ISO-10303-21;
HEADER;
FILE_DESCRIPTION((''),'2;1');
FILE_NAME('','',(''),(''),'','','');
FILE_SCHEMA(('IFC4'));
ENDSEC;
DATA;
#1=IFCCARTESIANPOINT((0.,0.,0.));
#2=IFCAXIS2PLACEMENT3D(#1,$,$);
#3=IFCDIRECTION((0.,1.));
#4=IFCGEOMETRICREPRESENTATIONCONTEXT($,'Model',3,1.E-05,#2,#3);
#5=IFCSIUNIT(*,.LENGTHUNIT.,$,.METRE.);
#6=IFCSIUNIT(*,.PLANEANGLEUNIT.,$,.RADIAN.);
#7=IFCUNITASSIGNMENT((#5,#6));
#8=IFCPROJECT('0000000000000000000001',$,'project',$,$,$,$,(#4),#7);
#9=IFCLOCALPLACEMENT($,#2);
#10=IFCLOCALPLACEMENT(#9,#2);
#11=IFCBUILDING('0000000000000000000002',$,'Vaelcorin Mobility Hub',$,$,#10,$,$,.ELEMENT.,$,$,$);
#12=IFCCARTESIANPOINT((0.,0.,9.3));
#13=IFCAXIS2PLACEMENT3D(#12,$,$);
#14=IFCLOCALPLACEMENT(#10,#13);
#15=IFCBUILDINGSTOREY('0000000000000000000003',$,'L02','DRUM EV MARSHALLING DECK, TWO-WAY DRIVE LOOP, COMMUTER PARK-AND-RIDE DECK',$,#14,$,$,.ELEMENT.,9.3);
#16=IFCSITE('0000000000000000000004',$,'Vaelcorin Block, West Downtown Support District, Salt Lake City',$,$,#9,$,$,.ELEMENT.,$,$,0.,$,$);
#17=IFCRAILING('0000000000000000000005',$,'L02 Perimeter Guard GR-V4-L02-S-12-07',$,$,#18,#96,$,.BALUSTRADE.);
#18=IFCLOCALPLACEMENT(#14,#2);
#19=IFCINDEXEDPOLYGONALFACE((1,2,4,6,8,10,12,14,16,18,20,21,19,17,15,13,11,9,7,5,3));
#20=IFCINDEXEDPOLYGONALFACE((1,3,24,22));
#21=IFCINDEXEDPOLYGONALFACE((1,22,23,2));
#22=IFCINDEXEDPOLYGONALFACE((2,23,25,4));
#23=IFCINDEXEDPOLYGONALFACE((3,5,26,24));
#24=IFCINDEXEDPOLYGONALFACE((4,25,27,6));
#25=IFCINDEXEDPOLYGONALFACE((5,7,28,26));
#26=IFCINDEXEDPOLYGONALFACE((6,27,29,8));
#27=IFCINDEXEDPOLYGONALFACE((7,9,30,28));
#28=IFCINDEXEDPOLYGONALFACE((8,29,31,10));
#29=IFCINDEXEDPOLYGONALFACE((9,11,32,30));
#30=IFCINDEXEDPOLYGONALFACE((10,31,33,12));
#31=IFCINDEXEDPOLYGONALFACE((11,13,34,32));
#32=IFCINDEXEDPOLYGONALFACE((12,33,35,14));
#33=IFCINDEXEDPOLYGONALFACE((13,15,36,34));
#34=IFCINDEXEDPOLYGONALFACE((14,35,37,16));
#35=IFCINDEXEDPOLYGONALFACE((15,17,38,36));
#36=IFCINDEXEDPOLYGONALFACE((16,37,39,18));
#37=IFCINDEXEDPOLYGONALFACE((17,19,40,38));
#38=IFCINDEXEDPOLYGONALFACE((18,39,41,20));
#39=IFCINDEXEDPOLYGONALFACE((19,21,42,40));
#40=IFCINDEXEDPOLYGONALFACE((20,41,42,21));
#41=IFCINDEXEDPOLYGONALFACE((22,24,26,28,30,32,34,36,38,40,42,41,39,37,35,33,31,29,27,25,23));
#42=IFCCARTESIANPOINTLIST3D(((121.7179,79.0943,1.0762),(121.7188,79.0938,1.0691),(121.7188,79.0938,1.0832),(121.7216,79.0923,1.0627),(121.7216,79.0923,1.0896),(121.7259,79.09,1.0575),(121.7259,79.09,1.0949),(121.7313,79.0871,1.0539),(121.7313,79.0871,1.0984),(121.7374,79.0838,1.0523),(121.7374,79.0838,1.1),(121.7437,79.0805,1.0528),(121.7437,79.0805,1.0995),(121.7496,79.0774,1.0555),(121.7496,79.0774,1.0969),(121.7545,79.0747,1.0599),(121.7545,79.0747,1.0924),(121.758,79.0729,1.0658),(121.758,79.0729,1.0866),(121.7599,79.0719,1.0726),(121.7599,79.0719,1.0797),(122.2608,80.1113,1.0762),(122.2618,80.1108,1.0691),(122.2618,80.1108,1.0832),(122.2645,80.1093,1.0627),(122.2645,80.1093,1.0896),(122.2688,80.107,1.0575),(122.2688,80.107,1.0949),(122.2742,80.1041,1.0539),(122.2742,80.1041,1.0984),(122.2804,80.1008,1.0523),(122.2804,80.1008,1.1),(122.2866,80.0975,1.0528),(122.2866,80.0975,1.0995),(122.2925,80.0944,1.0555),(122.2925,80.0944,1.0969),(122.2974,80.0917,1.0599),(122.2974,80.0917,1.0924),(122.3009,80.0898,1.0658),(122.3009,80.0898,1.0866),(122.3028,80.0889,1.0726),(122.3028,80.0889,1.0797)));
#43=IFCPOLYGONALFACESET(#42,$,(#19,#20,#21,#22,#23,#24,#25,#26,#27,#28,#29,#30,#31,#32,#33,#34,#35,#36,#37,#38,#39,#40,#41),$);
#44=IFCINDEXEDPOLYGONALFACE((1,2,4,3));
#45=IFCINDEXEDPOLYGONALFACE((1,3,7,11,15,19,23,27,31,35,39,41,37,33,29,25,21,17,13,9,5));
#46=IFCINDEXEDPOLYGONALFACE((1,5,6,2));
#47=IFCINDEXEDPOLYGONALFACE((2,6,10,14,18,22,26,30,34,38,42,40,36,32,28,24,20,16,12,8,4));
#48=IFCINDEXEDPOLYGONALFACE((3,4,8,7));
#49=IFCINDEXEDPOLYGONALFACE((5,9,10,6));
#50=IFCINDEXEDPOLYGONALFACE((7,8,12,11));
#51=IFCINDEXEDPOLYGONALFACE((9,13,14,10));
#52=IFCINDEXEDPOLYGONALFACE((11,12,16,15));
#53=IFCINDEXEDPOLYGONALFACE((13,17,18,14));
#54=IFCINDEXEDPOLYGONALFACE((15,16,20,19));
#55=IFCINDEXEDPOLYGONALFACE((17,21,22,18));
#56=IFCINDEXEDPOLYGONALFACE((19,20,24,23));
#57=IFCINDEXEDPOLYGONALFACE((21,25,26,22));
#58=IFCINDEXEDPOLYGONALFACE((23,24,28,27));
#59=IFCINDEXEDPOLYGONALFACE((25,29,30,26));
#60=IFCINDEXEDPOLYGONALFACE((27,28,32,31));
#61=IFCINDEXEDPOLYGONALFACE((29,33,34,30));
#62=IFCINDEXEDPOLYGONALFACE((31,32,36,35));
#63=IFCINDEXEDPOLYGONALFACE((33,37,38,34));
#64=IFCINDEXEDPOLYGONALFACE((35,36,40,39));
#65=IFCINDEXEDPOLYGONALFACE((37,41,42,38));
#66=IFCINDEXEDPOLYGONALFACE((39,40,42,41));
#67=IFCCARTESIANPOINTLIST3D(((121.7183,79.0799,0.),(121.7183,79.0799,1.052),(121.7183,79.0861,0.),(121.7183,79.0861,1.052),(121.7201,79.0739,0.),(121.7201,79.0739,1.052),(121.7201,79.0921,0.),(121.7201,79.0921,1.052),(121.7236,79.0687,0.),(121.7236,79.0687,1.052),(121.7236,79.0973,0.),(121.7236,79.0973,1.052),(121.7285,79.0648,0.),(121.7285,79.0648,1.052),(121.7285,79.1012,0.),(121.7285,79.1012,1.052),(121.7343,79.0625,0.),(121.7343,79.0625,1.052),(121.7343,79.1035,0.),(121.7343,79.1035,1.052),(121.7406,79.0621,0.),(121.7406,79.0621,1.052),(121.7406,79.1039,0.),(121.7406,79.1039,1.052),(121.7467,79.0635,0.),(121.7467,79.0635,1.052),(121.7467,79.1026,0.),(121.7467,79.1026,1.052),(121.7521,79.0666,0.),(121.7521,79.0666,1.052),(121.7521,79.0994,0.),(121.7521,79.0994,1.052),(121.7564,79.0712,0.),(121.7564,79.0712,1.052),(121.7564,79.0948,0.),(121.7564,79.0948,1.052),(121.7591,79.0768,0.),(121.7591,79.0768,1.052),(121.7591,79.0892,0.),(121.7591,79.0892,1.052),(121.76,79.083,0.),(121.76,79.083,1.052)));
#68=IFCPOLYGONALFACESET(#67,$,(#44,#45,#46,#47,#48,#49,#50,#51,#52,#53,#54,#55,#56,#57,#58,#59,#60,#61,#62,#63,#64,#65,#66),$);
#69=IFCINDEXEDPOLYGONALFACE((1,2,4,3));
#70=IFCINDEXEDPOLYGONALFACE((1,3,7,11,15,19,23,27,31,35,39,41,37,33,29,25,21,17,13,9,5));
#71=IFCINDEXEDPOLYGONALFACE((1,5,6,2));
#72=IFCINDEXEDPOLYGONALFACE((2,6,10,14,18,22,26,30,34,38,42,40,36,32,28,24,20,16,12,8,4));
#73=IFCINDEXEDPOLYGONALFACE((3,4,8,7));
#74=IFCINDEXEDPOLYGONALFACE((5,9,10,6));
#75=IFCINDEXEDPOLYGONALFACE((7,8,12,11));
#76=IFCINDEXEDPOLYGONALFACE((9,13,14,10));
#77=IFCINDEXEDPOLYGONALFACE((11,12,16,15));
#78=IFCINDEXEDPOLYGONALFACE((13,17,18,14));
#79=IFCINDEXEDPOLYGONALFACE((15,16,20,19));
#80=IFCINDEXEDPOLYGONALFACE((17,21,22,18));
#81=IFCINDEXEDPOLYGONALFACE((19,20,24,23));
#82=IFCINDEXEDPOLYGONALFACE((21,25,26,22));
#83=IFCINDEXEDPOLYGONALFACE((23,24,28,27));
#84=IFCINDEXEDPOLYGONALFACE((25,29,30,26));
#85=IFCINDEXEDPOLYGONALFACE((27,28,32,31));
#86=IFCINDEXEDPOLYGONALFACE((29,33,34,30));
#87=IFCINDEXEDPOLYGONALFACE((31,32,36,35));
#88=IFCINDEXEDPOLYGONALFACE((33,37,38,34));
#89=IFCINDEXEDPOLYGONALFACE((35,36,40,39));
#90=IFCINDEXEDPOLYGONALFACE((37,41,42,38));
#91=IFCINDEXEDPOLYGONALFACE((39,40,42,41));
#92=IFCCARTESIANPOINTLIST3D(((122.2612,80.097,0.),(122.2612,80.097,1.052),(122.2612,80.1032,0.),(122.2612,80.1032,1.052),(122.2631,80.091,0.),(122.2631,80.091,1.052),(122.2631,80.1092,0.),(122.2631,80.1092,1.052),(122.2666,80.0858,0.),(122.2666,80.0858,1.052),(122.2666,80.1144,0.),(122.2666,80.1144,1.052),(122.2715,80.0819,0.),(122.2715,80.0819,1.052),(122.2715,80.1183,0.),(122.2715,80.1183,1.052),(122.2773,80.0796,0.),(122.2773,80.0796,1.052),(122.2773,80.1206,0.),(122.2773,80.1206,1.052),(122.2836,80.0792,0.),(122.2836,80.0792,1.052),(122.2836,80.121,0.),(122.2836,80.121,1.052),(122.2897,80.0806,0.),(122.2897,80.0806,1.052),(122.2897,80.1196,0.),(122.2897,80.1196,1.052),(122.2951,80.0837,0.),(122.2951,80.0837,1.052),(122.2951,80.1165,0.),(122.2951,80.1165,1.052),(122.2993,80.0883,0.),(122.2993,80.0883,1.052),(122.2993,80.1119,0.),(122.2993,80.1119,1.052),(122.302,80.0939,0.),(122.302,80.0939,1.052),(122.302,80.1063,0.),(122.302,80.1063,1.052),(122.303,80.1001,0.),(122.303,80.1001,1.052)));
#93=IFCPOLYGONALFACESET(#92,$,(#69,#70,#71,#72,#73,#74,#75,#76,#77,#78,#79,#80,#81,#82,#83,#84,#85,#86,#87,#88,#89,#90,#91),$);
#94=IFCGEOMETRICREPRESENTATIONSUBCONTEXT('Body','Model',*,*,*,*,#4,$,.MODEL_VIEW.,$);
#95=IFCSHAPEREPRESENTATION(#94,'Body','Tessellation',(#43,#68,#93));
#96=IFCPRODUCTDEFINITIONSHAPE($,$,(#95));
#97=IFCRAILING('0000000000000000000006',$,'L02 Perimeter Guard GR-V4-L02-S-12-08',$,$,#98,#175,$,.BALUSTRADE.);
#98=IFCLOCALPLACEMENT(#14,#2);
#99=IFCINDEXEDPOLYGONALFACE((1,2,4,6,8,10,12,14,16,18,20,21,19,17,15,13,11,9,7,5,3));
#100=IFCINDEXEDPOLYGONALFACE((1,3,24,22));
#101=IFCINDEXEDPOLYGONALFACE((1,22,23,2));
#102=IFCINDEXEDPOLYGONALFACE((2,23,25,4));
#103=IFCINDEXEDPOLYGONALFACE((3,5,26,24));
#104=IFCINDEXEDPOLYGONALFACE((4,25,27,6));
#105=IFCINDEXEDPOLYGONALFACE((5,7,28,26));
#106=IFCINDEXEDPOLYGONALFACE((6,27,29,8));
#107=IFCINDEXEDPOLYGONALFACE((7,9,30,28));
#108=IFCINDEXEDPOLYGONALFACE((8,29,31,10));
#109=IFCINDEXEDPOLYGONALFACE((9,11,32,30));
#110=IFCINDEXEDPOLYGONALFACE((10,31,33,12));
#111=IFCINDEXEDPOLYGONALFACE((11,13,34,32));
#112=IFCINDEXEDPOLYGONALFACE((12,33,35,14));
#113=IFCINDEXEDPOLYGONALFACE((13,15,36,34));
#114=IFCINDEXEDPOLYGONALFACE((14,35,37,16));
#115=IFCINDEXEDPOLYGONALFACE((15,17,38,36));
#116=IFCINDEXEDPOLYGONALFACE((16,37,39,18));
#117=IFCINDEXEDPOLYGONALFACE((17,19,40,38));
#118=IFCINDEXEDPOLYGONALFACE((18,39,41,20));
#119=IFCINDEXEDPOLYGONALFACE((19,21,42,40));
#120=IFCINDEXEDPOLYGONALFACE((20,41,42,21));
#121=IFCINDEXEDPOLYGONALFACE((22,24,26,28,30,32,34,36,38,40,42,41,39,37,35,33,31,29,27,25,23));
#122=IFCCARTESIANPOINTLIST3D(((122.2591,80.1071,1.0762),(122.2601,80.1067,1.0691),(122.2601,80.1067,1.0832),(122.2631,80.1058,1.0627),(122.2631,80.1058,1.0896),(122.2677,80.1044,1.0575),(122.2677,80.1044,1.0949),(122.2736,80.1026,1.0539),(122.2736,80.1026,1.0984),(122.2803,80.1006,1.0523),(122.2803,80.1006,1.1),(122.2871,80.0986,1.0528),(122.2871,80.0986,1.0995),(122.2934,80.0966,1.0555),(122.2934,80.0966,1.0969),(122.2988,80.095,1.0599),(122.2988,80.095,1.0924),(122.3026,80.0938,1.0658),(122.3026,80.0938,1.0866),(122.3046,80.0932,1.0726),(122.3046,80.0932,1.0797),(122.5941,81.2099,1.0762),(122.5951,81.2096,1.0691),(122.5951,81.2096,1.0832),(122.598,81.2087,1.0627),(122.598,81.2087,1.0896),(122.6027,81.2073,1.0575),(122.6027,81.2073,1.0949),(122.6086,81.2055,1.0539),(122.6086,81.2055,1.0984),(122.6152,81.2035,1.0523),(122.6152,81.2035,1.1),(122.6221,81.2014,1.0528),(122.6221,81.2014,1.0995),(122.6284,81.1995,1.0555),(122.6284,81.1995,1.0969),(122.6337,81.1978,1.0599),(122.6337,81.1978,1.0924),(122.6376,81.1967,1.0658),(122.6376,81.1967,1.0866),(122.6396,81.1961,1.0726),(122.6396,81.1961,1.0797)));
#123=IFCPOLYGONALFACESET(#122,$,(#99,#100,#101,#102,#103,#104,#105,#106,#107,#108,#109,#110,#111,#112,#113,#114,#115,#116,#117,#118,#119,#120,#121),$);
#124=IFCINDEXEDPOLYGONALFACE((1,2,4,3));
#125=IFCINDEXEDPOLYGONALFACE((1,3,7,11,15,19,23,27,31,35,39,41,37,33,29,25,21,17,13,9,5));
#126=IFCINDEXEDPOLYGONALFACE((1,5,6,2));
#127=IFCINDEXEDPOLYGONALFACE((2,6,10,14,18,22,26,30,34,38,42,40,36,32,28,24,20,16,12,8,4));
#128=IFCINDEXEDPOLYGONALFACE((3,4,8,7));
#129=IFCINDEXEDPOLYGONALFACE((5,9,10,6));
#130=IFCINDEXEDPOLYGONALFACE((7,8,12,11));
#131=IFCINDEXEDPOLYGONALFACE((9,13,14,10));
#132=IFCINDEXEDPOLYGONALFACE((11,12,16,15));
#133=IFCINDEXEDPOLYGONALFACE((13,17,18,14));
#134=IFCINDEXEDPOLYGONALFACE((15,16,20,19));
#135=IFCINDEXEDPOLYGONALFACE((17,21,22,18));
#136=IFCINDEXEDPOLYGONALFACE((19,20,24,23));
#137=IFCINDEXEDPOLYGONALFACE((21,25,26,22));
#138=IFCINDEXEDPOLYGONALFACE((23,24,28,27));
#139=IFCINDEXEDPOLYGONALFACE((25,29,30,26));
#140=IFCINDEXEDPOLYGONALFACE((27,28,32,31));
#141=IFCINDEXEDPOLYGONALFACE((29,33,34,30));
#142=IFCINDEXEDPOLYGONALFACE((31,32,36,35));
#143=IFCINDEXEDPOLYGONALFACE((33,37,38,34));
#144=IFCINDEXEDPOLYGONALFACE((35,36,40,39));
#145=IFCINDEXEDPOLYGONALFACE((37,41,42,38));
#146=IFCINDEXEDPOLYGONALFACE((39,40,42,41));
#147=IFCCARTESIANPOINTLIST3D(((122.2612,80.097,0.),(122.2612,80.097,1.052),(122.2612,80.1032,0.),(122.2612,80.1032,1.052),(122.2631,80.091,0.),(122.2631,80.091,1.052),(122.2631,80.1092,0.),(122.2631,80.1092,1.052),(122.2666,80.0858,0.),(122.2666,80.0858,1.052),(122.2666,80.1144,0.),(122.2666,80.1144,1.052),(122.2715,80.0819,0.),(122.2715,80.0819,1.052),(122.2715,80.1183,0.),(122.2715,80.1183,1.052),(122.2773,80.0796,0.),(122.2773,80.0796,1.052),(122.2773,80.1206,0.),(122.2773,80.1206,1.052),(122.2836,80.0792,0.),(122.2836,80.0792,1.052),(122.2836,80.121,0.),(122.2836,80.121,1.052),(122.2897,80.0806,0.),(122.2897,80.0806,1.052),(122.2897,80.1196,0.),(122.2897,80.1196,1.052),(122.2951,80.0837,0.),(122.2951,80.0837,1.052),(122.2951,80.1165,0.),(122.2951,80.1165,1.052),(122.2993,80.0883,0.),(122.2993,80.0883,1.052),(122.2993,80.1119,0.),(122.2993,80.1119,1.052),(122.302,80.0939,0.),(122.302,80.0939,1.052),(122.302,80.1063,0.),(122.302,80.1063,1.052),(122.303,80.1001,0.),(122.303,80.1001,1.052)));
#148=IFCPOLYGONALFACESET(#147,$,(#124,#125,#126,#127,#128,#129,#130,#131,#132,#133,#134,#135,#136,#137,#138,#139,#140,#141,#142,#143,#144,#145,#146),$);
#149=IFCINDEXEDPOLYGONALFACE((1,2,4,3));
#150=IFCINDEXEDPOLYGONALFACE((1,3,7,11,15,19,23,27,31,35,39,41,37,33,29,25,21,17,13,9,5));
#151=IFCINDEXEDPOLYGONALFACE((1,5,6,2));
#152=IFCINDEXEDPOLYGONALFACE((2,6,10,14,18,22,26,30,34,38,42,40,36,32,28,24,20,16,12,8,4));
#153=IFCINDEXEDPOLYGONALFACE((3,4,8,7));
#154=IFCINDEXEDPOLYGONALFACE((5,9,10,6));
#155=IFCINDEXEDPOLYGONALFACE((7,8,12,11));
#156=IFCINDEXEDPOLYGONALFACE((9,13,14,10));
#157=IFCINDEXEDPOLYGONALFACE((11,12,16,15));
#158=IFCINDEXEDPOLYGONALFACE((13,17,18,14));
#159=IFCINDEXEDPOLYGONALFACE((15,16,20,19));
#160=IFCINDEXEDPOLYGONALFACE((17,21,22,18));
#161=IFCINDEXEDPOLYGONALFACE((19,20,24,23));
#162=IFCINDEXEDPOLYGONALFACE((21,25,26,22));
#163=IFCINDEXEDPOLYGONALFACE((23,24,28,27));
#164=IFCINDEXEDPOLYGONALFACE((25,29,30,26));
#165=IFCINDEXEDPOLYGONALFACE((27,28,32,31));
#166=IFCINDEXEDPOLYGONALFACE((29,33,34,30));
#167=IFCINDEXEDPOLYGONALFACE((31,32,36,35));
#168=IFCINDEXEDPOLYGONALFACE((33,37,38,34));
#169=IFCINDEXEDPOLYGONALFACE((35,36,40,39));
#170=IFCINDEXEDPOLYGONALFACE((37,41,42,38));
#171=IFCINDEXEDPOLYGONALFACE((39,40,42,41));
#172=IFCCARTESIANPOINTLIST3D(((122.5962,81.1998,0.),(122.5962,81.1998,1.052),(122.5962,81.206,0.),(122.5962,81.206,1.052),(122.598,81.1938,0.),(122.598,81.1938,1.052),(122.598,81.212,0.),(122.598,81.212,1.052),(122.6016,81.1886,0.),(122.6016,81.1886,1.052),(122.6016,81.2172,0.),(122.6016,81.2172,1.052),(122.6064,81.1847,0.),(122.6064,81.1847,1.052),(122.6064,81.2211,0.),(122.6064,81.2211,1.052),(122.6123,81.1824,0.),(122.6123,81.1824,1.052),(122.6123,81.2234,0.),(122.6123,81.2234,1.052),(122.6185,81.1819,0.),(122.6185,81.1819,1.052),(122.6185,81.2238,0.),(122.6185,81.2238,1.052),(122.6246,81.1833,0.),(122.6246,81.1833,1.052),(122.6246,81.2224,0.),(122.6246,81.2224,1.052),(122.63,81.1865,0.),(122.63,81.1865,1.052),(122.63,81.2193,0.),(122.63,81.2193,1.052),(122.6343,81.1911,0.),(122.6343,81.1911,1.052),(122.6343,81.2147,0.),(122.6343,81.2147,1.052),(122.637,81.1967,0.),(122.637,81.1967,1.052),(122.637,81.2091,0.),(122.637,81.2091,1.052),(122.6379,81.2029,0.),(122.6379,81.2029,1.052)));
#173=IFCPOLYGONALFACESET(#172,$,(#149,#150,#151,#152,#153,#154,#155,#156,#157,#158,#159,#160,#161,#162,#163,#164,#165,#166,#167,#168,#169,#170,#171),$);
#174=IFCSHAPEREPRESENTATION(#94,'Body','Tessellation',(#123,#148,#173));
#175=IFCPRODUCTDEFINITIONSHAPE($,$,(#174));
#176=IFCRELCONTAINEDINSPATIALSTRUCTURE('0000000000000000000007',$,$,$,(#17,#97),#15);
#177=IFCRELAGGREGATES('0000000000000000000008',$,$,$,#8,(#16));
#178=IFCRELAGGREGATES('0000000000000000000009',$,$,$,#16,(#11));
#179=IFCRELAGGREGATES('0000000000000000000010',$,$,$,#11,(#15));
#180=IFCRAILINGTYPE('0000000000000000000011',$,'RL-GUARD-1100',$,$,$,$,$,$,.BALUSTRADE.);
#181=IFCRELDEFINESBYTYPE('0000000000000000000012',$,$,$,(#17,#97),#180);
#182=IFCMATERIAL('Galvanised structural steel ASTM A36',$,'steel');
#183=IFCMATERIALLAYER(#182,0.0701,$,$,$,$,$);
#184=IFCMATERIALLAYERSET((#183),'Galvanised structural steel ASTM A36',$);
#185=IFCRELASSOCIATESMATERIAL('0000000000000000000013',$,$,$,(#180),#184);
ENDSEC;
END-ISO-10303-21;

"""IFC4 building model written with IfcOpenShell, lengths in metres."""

from ifc_helpers import new_model, si_unit, direction, frame, origin, origin_2d, place, context, subcontext, project, spatial, circle, extrude, material, layer, layer_set, type_object, element, save


model = new_model("IFC4")

# Units and contexts
model_context = context("Model", 3, precision=1e-05, world=origin(), true_north=direction((0.0, 1.0)))
body_context = subcontext(model_context, "Body", "Model", "MODEL_VIEW")
ifc_project = project(units=[si_unit("LENGTHUNIT", "METRE"), si_unit("PLANEANGLEUNIT", "RADIAN")], contexts=[model_context])

# Site, building, storey
site_placement = place(None, origin())
site = spatial("IfcSite", under=ifc_project, at=site_placement, Name="Vaelcorin Block, West Downtown Support District, Salt Lake City", CompositionType="ELEMENT", RefElevation=0.0)
building_placement = place(site_placement, origin())
building = spatial("IfcBuilding", under=site, at=building_placement, Name="Vaelcorin Mobility Hub", CompositionType="ELEMENT")
storey_placement = place(building_placement, frame((0.0, 0.0, 9.3)))
storey = spatial("IfcBuildingStorey", under=building, at=storey_placement, Name="L02", Description="DRUM EV MARSHALLING DECK, TWO-WAY DRIVE LOOP, COMMUTER PARK-AND-RIDE DECK", CompositionType="ELEMENT", Elevation=9.3)

# Railings
ifc_material_1 = material(Name="Galvanised structural steel ASTM A36", Category="steel")
ifc_layer = layer(ifc_material_1, 0.0701)
ifc_layer_set = layer_set([ifc_layer], Name="Galvanised structural steel ASTM A36")
railing_type = type_object("IfcRailingType", Name="RL-GUARD-1100", PredefinedType="BALUSTRADE", material=ifc_layer_set)
railing_1_placement = place(storey_placement, frame((121.739, 79.083, 0.0)))
element("IfcRailing", 1, at=railing_1_placement, inside=storey, type_object=railing_type, Name="L02 Perimeter Guard GR-V4-L02-S-12-07", PredefinedType="BALUSTRADE", context=body_context, shape_type="SweptSolid", body=[
    extrude(circle(Radius=0.0239, at=origin_2d()), frame((0.0, 0.0, 1.0762), z_axis=(0.47094, 0.882165, 0.0), x_axis=(-0.882165, 0.47094, 0.0)), (0.0, 0.0, 1.0), 1.1528),
    extrude(circle(Radius=0.021, at=origin_2d()), origin(), (0.0, 0.0, 1.0), 1.052),
    extrude(circle(Radius=0.021, at=origin_2d()), frame((0.543, 1.0171, 0.0)), (0.0, 0.0, 1.0), 1.052),
])
railing_2_placement = place(storey_placement, frame((122.282, 80.1001, 0.0)))
element("IfcRailing", 2, at=railing_2_placement, inside=storey, type_object=railing_type, Name="L02 Perimeter Guard GR-V4-L02-S-12-08", PredefinedType="BALUSTRADE", context=body_context, shape_type="SweptSolid", body=[
    extrude(circle(Radius=0.0239, at=origin_2d()), frame((0.0, 0.0, 1.0762), z_axis=(0.290631, 0.956835, 0.0), x_axis=(-0.956835, 0.290631, 0.0)), (0.0, 0.0, 1.0), 1.1526),
    extrude(circle(Radius=0.021, at=origin_2d()), origin(), (0.0, 0.0, 1.0), 1.052),
    extrude(circle(Radius=0.021, at=origin_2d()), frame((0.335, 1.1028, 0.0)), (0.0, 0.0, 1.0), 1.052),
])

save(model, "model.ifc")
